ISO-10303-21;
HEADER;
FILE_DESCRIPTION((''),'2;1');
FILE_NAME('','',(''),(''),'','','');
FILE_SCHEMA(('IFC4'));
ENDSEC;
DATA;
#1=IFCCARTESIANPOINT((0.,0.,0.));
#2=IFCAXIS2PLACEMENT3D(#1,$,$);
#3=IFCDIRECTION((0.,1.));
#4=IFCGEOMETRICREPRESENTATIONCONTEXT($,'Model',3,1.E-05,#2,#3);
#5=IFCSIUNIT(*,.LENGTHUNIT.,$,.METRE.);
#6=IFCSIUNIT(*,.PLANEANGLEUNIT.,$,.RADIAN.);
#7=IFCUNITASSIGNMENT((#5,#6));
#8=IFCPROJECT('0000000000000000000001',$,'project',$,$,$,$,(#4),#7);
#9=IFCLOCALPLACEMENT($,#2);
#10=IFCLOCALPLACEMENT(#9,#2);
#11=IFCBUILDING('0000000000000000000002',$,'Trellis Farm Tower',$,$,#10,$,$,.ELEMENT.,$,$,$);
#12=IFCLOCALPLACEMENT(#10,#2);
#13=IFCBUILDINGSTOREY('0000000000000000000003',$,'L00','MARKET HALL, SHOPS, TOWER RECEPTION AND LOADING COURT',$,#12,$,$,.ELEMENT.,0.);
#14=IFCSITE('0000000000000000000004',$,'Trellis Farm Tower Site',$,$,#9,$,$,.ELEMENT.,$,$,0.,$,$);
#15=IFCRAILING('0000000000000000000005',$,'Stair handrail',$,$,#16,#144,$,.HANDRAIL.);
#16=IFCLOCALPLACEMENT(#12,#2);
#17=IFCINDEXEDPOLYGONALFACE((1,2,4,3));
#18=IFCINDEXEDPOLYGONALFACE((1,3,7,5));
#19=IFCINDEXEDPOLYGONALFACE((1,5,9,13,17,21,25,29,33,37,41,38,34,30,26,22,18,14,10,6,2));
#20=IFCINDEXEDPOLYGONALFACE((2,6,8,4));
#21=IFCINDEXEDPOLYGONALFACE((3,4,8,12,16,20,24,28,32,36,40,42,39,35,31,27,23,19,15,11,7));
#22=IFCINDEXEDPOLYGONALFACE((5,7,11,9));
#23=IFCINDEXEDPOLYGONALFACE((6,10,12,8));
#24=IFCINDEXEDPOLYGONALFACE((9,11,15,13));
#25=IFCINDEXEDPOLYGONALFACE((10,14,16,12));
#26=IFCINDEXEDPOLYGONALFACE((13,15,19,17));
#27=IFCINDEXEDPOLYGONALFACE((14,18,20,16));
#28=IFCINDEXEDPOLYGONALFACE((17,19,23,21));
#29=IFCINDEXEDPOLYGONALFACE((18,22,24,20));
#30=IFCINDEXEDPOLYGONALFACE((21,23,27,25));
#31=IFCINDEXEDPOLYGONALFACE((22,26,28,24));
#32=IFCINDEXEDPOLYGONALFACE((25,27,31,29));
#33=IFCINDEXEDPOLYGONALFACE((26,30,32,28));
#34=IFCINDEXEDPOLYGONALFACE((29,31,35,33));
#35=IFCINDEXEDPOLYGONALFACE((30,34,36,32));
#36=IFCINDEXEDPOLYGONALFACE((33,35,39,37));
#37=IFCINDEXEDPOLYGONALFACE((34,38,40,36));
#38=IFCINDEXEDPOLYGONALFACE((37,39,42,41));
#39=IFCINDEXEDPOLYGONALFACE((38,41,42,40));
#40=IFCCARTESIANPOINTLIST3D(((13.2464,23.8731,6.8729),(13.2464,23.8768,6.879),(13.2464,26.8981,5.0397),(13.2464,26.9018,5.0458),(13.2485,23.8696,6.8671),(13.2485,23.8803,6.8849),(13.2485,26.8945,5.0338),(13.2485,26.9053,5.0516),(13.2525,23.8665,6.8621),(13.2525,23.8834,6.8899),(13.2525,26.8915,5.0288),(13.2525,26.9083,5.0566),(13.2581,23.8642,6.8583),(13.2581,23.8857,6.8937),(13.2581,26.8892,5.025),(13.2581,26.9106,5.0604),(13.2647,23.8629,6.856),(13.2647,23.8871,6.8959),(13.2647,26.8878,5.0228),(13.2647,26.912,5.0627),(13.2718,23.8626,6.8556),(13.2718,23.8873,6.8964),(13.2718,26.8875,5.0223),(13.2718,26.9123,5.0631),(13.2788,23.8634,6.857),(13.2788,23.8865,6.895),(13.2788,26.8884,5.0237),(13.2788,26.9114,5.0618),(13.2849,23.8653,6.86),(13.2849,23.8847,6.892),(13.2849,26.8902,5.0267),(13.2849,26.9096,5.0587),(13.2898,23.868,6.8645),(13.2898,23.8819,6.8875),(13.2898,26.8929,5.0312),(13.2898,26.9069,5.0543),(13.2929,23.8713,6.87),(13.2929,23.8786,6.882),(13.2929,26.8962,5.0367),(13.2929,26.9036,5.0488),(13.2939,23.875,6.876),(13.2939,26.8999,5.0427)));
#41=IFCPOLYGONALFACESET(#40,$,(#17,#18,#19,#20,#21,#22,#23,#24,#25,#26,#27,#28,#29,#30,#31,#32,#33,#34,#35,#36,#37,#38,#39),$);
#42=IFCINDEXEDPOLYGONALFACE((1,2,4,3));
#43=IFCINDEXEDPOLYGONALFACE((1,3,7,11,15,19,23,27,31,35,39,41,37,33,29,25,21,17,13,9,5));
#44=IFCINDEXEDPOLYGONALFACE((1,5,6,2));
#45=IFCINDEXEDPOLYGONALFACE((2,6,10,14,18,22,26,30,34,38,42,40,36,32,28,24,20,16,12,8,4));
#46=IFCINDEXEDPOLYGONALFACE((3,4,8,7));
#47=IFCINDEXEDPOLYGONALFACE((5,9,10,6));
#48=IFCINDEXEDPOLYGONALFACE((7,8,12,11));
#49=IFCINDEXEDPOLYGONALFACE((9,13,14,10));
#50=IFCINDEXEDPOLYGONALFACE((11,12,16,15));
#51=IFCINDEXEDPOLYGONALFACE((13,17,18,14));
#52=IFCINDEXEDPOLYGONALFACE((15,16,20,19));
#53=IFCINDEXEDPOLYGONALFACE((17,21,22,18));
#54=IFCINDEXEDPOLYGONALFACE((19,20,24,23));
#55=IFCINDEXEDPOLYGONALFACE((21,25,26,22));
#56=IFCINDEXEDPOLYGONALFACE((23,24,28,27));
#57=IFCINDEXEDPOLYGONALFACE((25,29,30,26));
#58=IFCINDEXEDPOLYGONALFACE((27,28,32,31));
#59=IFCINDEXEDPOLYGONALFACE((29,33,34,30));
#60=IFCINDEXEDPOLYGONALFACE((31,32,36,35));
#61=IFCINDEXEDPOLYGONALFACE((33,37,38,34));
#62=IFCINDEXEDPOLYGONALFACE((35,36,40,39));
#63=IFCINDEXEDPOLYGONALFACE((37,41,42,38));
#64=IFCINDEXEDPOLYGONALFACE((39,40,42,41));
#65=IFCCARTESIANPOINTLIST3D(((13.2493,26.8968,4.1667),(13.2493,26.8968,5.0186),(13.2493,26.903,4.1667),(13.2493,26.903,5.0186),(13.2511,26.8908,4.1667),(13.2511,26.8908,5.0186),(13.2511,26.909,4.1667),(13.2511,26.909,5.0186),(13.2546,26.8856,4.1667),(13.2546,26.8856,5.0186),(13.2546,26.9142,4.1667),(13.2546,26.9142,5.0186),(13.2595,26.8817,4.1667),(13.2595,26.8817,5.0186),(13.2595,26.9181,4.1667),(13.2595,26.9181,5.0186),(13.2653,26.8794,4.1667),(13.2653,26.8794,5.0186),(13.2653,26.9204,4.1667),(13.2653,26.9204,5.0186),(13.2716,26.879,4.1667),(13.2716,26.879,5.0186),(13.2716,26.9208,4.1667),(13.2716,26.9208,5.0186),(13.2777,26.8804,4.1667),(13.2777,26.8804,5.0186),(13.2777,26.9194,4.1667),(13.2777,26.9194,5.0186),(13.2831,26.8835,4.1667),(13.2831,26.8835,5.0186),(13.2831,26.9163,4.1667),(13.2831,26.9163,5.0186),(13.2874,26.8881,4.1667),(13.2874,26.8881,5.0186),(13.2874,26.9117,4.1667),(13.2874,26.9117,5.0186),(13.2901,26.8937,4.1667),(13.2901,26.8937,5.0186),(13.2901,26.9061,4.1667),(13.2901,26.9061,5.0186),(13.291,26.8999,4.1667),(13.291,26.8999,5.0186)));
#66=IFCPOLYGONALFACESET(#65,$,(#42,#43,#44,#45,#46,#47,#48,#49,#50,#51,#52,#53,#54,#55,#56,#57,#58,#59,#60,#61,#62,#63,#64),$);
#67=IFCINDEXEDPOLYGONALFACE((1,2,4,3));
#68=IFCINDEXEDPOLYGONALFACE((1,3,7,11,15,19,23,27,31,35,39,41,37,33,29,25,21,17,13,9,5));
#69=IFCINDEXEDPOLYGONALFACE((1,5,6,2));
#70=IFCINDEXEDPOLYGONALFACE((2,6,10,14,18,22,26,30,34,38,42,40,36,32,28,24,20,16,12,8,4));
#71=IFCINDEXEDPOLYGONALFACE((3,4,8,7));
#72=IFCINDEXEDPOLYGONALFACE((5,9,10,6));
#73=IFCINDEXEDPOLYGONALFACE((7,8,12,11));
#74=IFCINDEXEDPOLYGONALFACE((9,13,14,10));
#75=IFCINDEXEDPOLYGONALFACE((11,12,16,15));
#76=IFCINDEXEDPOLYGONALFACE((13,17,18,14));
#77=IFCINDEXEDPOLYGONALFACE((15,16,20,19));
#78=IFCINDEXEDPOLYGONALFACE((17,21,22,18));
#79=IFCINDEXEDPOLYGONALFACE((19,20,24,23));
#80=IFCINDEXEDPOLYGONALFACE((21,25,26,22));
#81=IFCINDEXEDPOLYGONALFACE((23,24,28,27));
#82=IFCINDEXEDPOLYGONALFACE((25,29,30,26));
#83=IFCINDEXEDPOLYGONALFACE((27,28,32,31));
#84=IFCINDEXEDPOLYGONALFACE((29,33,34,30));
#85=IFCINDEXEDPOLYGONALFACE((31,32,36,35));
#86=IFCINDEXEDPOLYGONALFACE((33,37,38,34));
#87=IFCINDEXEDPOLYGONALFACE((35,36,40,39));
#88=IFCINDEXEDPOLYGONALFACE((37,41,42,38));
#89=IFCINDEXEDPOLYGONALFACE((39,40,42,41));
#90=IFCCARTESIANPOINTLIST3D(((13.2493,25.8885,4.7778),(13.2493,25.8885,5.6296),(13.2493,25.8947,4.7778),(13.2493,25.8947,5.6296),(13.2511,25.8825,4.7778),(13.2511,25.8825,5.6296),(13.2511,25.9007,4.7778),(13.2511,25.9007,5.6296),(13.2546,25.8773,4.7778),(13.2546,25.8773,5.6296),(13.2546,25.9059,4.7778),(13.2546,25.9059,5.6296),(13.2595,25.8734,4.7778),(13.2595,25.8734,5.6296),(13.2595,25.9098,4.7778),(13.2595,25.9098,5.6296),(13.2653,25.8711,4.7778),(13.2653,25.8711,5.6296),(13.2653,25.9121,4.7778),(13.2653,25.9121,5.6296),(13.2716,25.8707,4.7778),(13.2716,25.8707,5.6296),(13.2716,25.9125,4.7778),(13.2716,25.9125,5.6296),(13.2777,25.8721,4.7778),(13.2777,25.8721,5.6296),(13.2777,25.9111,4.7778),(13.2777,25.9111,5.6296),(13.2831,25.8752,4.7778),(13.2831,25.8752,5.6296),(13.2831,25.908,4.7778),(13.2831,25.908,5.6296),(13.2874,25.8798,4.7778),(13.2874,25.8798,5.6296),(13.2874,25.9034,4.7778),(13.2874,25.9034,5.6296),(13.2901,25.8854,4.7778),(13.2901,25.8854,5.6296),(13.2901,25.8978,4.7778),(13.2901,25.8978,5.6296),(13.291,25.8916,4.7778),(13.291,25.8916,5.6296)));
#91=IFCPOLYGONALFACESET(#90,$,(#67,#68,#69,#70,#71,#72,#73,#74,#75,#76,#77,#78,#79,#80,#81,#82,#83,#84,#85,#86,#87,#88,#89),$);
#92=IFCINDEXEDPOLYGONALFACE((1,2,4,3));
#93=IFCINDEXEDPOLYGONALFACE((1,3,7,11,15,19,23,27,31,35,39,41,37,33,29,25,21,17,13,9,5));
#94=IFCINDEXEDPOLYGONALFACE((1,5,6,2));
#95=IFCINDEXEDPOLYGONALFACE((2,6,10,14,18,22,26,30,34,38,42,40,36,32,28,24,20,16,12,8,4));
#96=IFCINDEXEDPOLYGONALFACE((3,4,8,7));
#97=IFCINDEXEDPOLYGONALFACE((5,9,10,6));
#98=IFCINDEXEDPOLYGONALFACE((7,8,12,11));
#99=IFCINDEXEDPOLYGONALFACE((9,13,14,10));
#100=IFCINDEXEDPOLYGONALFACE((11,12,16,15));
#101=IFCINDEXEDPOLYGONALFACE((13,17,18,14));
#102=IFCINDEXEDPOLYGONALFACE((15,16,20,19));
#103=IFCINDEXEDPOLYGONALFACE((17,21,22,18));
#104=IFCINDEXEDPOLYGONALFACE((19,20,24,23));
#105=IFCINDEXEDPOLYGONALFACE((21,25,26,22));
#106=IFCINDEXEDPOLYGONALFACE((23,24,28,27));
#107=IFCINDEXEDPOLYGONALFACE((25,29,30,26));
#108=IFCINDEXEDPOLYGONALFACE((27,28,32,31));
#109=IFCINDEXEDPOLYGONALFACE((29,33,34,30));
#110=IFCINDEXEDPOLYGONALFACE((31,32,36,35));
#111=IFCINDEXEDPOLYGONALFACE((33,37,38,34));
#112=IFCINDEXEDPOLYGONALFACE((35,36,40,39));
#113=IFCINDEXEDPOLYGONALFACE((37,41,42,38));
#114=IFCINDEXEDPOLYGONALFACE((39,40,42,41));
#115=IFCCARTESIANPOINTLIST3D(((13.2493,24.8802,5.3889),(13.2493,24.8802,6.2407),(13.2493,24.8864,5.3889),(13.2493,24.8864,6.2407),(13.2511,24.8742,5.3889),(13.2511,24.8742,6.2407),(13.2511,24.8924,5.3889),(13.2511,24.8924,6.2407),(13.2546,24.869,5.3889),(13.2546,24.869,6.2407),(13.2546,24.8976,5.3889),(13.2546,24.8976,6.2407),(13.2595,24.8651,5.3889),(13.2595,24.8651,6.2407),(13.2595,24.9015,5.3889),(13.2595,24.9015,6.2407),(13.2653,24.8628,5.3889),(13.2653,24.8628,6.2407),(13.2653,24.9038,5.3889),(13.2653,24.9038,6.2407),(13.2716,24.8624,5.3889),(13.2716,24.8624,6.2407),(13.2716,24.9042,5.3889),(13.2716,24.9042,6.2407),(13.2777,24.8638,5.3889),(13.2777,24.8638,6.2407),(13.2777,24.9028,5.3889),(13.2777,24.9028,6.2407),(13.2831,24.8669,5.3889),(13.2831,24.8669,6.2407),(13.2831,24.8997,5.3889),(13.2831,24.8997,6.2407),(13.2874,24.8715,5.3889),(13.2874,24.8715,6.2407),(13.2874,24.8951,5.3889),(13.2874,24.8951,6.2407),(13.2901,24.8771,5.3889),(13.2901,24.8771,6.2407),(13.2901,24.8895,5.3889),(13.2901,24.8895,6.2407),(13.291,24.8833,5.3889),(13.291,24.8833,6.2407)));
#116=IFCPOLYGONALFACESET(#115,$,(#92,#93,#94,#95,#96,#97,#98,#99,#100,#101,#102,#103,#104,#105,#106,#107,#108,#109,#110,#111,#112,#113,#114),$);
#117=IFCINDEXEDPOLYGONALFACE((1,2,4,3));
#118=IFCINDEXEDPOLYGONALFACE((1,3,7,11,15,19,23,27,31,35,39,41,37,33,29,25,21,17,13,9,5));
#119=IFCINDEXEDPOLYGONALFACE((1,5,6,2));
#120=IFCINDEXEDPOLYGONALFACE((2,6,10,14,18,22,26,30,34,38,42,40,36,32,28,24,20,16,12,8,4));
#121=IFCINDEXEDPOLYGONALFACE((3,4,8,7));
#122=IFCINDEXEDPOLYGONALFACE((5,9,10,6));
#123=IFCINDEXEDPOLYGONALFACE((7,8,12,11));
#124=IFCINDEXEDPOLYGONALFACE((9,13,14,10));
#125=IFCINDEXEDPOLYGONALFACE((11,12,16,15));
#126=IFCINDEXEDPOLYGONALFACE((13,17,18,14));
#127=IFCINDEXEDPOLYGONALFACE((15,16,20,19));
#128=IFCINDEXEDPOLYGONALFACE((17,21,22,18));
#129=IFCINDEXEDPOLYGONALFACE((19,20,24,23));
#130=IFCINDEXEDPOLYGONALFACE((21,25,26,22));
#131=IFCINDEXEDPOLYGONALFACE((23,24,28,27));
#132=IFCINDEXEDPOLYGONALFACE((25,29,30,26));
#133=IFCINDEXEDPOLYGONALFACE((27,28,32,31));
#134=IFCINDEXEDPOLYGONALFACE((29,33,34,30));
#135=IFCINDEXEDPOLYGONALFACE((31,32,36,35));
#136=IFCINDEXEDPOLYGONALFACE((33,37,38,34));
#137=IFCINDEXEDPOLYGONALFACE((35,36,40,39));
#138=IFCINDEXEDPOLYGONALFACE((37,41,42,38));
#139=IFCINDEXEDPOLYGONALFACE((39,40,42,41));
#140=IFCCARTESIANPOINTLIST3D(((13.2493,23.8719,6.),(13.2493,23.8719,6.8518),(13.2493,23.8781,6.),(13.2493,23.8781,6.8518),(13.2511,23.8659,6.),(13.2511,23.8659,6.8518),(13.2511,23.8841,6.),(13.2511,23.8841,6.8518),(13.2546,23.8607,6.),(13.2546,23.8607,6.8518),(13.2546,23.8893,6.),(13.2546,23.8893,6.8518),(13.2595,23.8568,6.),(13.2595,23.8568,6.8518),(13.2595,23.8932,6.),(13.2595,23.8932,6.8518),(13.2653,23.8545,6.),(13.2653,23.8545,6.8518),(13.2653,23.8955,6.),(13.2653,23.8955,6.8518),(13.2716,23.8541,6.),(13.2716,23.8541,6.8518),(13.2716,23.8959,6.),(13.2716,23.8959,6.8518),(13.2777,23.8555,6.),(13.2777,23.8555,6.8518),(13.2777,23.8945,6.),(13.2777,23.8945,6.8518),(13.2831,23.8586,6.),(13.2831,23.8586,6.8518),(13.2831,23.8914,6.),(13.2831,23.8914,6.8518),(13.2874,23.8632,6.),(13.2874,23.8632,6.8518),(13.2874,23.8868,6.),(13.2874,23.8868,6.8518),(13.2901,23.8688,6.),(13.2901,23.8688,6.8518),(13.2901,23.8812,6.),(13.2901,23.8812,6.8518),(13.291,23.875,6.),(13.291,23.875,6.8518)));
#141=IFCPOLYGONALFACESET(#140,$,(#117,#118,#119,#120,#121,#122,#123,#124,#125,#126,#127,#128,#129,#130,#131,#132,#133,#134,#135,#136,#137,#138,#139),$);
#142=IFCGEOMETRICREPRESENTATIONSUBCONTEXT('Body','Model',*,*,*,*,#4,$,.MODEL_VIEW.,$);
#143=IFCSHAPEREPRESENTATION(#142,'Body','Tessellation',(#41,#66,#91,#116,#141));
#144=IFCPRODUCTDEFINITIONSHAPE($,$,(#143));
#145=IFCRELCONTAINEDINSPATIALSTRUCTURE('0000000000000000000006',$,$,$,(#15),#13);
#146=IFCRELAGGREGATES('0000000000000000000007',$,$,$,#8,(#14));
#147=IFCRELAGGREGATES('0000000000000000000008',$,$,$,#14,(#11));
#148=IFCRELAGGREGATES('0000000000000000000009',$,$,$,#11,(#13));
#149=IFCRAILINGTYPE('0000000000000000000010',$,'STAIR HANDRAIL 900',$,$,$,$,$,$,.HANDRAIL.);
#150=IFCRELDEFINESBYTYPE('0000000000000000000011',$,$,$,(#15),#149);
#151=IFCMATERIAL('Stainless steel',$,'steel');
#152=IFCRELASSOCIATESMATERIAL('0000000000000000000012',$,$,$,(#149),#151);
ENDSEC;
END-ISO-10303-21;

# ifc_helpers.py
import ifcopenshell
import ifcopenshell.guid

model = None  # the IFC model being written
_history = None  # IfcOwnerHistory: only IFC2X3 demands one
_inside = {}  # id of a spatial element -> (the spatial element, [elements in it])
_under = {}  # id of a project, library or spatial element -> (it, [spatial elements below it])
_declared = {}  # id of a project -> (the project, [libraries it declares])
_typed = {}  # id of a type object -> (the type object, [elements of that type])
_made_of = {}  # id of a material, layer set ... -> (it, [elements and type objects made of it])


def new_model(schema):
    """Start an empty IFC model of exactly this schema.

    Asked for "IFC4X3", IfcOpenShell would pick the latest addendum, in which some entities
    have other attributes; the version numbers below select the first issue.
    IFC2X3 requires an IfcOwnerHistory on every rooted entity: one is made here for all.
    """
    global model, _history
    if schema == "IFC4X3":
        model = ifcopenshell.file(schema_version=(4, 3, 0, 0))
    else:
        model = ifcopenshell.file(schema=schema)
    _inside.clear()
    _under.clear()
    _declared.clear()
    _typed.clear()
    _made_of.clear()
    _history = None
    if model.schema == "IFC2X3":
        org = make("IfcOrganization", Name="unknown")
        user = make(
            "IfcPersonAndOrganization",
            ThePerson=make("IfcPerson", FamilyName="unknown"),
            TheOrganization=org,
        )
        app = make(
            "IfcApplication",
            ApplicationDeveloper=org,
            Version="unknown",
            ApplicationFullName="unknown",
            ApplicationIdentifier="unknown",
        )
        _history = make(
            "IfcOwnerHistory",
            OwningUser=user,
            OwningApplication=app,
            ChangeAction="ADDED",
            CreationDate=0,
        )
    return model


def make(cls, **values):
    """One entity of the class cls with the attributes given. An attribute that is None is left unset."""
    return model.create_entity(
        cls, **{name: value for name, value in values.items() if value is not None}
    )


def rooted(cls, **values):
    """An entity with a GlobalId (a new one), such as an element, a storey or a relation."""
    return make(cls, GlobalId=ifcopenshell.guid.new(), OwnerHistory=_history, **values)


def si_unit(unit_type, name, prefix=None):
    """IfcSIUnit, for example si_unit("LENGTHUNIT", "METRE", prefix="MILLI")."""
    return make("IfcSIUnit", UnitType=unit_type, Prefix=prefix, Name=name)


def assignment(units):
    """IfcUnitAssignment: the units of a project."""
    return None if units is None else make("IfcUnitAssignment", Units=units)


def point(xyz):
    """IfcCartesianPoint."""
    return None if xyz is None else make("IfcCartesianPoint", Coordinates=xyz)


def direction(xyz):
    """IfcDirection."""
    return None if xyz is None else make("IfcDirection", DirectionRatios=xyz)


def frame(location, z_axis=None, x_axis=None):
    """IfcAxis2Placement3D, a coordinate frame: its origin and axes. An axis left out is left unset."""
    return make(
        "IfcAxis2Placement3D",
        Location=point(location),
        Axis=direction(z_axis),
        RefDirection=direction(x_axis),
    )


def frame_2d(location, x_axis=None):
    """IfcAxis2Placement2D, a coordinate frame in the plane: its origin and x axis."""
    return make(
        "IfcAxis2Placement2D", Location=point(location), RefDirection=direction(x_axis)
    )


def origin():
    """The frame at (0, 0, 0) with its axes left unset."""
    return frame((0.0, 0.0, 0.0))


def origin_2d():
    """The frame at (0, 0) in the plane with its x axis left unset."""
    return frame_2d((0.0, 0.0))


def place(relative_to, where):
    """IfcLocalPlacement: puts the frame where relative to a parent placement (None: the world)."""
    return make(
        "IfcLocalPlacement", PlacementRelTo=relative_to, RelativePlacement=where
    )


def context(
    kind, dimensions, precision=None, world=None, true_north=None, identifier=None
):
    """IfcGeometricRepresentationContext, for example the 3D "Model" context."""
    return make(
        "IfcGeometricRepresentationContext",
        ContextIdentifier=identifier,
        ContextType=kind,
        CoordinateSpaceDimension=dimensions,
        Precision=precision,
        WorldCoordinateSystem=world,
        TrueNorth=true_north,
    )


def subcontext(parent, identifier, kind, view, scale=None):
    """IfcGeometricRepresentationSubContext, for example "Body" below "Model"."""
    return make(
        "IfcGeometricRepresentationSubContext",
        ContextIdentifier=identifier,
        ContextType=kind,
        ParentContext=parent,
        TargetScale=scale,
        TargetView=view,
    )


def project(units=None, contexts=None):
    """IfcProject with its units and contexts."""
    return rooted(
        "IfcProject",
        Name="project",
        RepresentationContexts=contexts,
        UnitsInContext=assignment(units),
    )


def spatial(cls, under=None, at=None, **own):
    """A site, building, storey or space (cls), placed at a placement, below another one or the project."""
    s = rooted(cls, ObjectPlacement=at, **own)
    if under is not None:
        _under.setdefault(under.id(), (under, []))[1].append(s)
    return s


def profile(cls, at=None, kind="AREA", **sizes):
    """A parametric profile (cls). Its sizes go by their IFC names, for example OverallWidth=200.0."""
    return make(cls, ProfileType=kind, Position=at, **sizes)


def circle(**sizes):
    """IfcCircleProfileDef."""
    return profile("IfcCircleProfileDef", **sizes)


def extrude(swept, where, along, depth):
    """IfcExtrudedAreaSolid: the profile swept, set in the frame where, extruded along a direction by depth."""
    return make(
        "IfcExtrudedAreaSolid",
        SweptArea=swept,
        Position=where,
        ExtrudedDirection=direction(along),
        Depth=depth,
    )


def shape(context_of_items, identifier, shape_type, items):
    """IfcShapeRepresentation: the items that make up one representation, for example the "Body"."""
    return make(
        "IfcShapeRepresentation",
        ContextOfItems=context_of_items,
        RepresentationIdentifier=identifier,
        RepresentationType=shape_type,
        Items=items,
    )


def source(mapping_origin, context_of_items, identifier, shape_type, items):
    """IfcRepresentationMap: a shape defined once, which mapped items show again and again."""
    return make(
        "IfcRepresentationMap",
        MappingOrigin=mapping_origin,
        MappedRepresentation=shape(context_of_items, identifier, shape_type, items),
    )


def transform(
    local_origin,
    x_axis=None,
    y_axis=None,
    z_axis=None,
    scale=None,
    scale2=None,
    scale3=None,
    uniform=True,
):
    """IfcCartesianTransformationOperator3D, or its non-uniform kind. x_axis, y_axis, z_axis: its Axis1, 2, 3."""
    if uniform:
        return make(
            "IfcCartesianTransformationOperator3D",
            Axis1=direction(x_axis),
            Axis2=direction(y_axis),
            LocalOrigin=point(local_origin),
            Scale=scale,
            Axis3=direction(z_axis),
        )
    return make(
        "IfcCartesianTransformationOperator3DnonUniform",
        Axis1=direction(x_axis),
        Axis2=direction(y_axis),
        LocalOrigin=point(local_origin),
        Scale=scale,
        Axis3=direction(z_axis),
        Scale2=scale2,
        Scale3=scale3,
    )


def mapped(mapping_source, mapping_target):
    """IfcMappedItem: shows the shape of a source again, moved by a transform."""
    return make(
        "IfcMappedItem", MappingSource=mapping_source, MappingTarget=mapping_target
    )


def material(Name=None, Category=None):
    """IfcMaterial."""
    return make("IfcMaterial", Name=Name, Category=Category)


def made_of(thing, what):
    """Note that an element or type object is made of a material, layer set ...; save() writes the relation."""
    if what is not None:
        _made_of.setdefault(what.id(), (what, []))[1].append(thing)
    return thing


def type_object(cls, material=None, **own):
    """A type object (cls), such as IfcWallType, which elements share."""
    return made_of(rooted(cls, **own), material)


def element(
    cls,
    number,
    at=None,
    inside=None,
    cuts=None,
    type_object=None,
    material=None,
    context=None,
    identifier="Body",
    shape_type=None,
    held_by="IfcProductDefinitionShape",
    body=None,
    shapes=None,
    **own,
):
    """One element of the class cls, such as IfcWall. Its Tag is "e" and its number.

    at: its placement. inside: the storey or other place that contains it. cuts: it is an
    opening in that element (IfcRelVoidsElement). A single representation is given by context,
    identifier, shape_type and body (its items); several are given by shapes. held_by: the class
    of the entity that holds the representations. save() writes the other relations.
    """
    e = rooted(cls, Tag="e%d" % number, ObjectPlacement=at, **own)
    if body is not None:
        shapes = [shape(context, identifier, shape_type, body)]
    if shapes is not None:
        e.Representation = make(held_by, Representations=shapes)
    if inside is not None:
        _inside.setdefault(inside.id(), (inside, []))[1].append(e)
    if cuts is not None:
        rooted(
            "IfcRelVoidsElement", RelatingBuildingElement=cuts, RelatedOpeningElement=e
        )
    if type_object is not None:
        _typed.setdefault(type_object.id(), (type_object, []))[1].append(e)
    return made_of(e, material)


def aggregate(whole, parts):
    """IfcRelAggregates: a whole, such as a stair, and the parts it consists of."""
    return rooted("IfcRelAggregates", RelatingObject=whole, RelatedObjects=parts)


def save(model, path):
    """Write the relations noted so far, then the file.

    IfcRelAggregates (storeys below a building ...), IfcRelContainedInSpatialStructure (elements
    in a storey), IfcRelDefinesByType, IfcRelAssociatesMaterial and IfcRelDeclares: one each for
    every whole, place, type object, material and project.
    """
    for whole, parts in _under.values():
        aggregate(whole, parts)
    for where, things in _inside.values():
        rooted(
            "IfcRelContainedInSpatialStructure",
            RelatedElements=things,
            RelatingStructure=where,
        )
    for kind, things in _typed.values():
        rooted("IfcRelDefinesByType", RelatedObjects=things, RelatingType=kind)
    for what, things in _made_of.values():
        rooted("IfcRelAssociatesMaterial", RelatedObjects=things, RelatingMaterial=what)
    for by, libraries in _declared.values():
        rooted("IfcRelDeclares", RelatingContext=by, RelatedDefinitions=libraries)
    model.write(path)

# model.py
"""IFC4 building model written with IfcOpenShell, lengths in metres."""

from ifc_helpers import new_model, si_unit, direction, frame, origin, origin_2d, place, context, subcontext, project, spatial, circle, extrude, source, transform, mapped, material, type_object, element, save


model = new_model("IFC4")

# Units and contexts
model_context = context("Model", 3, precision=1e-05, world=origin(), true_north=direction((0.0, 1.0)))
body_context = subcontext(model_context, "Body", "Model", "MODEL_VIEW")
ifc_project = project(units=[si_unit("LENGTHUNIT", "METRE"), si_unit("PLANEANGLEUNIT", "RADIAN")], contexts=[model_context])

# Site, building, storey
site_placement = place(None, origin())
site = spatial("IfcSite", under=ifc_project, at=site_placement, Name="Trellis Farm Tower Site", CompositionType="ELEMENT", RefElevation=0.0)
building_placement = place(site_placement, origin())
building = spatial("IfcBuilding", under=site, at=building_placement, Name="Trellis Farm Tower", CompositionType="ELEMENT")
storey_placement = place(building_placement, origin())
storey = spatial("IfcBuildingStorey", under=building, at=storey_placement, Name="L00", Description="MARKET HALL, SHOPS, TOWER RECEPTION AND LOADING COURT", CompositionType="ELEMENT", Elevation=0.0)

# Railing
ifc_material_1 = material(Name="Stainless steel", Category="steel")
railing_type = type_object("IfcRailingType", Name="STAIR HANDRAIL 900", PredefinedType="HANDRAIL", material=ifc_material_1)
shared_shape_1 = source(origin(), body_context, "Body", "SweptSolid", [
    extrude(circle(Radius=0.0239, at=origin_2d()), frame((0.0, 0.0, 0.876), z_axis=(0.0, -0.855201, 0.518297), x_axis=(1.0, 0.0, 0.0)), (0.0, 0.0, 1.0), 3.5371),
    extrude(circle(Radius=0.021, at=origin_2d()), origin(), (0.0, 0.0, 1.0), 0.8518),
    extrude(circle(Radius=0.021, at=origin_2d()), frame((0.0, -1.0083, 0.6111)), (0.0, 0.0, 1.0), 0.8518),
    extrude(circle(Radius=0.021, at=origin_2d()), frame((0.0, -2.0166, 1.2222)), (0.0, 0.0, 1.0), 0.8518),
    extrude(circle(Radius=0.021, at=origin_2d()), frame((0.0, -3.0249, 1.8333)), (0.0, 0.0, 1.0), 0.8518),
])
for number, where, name in (
    (1, (13.27, 26.8999, 4.1667), "Stair handrail"),
):
    element("IfcRailing", number, at=place(storey_placement, frame(where)), inside=storey, type_object=railing_type, Name=name, PredefinedType="HANDRAIL", context=body_context, shape_type="MappedRepresentation", body=[
        mapped(shared_shape_1, transform((0.0, 0.0, 0.0))),
    ])

save(model, "model.ifc")
